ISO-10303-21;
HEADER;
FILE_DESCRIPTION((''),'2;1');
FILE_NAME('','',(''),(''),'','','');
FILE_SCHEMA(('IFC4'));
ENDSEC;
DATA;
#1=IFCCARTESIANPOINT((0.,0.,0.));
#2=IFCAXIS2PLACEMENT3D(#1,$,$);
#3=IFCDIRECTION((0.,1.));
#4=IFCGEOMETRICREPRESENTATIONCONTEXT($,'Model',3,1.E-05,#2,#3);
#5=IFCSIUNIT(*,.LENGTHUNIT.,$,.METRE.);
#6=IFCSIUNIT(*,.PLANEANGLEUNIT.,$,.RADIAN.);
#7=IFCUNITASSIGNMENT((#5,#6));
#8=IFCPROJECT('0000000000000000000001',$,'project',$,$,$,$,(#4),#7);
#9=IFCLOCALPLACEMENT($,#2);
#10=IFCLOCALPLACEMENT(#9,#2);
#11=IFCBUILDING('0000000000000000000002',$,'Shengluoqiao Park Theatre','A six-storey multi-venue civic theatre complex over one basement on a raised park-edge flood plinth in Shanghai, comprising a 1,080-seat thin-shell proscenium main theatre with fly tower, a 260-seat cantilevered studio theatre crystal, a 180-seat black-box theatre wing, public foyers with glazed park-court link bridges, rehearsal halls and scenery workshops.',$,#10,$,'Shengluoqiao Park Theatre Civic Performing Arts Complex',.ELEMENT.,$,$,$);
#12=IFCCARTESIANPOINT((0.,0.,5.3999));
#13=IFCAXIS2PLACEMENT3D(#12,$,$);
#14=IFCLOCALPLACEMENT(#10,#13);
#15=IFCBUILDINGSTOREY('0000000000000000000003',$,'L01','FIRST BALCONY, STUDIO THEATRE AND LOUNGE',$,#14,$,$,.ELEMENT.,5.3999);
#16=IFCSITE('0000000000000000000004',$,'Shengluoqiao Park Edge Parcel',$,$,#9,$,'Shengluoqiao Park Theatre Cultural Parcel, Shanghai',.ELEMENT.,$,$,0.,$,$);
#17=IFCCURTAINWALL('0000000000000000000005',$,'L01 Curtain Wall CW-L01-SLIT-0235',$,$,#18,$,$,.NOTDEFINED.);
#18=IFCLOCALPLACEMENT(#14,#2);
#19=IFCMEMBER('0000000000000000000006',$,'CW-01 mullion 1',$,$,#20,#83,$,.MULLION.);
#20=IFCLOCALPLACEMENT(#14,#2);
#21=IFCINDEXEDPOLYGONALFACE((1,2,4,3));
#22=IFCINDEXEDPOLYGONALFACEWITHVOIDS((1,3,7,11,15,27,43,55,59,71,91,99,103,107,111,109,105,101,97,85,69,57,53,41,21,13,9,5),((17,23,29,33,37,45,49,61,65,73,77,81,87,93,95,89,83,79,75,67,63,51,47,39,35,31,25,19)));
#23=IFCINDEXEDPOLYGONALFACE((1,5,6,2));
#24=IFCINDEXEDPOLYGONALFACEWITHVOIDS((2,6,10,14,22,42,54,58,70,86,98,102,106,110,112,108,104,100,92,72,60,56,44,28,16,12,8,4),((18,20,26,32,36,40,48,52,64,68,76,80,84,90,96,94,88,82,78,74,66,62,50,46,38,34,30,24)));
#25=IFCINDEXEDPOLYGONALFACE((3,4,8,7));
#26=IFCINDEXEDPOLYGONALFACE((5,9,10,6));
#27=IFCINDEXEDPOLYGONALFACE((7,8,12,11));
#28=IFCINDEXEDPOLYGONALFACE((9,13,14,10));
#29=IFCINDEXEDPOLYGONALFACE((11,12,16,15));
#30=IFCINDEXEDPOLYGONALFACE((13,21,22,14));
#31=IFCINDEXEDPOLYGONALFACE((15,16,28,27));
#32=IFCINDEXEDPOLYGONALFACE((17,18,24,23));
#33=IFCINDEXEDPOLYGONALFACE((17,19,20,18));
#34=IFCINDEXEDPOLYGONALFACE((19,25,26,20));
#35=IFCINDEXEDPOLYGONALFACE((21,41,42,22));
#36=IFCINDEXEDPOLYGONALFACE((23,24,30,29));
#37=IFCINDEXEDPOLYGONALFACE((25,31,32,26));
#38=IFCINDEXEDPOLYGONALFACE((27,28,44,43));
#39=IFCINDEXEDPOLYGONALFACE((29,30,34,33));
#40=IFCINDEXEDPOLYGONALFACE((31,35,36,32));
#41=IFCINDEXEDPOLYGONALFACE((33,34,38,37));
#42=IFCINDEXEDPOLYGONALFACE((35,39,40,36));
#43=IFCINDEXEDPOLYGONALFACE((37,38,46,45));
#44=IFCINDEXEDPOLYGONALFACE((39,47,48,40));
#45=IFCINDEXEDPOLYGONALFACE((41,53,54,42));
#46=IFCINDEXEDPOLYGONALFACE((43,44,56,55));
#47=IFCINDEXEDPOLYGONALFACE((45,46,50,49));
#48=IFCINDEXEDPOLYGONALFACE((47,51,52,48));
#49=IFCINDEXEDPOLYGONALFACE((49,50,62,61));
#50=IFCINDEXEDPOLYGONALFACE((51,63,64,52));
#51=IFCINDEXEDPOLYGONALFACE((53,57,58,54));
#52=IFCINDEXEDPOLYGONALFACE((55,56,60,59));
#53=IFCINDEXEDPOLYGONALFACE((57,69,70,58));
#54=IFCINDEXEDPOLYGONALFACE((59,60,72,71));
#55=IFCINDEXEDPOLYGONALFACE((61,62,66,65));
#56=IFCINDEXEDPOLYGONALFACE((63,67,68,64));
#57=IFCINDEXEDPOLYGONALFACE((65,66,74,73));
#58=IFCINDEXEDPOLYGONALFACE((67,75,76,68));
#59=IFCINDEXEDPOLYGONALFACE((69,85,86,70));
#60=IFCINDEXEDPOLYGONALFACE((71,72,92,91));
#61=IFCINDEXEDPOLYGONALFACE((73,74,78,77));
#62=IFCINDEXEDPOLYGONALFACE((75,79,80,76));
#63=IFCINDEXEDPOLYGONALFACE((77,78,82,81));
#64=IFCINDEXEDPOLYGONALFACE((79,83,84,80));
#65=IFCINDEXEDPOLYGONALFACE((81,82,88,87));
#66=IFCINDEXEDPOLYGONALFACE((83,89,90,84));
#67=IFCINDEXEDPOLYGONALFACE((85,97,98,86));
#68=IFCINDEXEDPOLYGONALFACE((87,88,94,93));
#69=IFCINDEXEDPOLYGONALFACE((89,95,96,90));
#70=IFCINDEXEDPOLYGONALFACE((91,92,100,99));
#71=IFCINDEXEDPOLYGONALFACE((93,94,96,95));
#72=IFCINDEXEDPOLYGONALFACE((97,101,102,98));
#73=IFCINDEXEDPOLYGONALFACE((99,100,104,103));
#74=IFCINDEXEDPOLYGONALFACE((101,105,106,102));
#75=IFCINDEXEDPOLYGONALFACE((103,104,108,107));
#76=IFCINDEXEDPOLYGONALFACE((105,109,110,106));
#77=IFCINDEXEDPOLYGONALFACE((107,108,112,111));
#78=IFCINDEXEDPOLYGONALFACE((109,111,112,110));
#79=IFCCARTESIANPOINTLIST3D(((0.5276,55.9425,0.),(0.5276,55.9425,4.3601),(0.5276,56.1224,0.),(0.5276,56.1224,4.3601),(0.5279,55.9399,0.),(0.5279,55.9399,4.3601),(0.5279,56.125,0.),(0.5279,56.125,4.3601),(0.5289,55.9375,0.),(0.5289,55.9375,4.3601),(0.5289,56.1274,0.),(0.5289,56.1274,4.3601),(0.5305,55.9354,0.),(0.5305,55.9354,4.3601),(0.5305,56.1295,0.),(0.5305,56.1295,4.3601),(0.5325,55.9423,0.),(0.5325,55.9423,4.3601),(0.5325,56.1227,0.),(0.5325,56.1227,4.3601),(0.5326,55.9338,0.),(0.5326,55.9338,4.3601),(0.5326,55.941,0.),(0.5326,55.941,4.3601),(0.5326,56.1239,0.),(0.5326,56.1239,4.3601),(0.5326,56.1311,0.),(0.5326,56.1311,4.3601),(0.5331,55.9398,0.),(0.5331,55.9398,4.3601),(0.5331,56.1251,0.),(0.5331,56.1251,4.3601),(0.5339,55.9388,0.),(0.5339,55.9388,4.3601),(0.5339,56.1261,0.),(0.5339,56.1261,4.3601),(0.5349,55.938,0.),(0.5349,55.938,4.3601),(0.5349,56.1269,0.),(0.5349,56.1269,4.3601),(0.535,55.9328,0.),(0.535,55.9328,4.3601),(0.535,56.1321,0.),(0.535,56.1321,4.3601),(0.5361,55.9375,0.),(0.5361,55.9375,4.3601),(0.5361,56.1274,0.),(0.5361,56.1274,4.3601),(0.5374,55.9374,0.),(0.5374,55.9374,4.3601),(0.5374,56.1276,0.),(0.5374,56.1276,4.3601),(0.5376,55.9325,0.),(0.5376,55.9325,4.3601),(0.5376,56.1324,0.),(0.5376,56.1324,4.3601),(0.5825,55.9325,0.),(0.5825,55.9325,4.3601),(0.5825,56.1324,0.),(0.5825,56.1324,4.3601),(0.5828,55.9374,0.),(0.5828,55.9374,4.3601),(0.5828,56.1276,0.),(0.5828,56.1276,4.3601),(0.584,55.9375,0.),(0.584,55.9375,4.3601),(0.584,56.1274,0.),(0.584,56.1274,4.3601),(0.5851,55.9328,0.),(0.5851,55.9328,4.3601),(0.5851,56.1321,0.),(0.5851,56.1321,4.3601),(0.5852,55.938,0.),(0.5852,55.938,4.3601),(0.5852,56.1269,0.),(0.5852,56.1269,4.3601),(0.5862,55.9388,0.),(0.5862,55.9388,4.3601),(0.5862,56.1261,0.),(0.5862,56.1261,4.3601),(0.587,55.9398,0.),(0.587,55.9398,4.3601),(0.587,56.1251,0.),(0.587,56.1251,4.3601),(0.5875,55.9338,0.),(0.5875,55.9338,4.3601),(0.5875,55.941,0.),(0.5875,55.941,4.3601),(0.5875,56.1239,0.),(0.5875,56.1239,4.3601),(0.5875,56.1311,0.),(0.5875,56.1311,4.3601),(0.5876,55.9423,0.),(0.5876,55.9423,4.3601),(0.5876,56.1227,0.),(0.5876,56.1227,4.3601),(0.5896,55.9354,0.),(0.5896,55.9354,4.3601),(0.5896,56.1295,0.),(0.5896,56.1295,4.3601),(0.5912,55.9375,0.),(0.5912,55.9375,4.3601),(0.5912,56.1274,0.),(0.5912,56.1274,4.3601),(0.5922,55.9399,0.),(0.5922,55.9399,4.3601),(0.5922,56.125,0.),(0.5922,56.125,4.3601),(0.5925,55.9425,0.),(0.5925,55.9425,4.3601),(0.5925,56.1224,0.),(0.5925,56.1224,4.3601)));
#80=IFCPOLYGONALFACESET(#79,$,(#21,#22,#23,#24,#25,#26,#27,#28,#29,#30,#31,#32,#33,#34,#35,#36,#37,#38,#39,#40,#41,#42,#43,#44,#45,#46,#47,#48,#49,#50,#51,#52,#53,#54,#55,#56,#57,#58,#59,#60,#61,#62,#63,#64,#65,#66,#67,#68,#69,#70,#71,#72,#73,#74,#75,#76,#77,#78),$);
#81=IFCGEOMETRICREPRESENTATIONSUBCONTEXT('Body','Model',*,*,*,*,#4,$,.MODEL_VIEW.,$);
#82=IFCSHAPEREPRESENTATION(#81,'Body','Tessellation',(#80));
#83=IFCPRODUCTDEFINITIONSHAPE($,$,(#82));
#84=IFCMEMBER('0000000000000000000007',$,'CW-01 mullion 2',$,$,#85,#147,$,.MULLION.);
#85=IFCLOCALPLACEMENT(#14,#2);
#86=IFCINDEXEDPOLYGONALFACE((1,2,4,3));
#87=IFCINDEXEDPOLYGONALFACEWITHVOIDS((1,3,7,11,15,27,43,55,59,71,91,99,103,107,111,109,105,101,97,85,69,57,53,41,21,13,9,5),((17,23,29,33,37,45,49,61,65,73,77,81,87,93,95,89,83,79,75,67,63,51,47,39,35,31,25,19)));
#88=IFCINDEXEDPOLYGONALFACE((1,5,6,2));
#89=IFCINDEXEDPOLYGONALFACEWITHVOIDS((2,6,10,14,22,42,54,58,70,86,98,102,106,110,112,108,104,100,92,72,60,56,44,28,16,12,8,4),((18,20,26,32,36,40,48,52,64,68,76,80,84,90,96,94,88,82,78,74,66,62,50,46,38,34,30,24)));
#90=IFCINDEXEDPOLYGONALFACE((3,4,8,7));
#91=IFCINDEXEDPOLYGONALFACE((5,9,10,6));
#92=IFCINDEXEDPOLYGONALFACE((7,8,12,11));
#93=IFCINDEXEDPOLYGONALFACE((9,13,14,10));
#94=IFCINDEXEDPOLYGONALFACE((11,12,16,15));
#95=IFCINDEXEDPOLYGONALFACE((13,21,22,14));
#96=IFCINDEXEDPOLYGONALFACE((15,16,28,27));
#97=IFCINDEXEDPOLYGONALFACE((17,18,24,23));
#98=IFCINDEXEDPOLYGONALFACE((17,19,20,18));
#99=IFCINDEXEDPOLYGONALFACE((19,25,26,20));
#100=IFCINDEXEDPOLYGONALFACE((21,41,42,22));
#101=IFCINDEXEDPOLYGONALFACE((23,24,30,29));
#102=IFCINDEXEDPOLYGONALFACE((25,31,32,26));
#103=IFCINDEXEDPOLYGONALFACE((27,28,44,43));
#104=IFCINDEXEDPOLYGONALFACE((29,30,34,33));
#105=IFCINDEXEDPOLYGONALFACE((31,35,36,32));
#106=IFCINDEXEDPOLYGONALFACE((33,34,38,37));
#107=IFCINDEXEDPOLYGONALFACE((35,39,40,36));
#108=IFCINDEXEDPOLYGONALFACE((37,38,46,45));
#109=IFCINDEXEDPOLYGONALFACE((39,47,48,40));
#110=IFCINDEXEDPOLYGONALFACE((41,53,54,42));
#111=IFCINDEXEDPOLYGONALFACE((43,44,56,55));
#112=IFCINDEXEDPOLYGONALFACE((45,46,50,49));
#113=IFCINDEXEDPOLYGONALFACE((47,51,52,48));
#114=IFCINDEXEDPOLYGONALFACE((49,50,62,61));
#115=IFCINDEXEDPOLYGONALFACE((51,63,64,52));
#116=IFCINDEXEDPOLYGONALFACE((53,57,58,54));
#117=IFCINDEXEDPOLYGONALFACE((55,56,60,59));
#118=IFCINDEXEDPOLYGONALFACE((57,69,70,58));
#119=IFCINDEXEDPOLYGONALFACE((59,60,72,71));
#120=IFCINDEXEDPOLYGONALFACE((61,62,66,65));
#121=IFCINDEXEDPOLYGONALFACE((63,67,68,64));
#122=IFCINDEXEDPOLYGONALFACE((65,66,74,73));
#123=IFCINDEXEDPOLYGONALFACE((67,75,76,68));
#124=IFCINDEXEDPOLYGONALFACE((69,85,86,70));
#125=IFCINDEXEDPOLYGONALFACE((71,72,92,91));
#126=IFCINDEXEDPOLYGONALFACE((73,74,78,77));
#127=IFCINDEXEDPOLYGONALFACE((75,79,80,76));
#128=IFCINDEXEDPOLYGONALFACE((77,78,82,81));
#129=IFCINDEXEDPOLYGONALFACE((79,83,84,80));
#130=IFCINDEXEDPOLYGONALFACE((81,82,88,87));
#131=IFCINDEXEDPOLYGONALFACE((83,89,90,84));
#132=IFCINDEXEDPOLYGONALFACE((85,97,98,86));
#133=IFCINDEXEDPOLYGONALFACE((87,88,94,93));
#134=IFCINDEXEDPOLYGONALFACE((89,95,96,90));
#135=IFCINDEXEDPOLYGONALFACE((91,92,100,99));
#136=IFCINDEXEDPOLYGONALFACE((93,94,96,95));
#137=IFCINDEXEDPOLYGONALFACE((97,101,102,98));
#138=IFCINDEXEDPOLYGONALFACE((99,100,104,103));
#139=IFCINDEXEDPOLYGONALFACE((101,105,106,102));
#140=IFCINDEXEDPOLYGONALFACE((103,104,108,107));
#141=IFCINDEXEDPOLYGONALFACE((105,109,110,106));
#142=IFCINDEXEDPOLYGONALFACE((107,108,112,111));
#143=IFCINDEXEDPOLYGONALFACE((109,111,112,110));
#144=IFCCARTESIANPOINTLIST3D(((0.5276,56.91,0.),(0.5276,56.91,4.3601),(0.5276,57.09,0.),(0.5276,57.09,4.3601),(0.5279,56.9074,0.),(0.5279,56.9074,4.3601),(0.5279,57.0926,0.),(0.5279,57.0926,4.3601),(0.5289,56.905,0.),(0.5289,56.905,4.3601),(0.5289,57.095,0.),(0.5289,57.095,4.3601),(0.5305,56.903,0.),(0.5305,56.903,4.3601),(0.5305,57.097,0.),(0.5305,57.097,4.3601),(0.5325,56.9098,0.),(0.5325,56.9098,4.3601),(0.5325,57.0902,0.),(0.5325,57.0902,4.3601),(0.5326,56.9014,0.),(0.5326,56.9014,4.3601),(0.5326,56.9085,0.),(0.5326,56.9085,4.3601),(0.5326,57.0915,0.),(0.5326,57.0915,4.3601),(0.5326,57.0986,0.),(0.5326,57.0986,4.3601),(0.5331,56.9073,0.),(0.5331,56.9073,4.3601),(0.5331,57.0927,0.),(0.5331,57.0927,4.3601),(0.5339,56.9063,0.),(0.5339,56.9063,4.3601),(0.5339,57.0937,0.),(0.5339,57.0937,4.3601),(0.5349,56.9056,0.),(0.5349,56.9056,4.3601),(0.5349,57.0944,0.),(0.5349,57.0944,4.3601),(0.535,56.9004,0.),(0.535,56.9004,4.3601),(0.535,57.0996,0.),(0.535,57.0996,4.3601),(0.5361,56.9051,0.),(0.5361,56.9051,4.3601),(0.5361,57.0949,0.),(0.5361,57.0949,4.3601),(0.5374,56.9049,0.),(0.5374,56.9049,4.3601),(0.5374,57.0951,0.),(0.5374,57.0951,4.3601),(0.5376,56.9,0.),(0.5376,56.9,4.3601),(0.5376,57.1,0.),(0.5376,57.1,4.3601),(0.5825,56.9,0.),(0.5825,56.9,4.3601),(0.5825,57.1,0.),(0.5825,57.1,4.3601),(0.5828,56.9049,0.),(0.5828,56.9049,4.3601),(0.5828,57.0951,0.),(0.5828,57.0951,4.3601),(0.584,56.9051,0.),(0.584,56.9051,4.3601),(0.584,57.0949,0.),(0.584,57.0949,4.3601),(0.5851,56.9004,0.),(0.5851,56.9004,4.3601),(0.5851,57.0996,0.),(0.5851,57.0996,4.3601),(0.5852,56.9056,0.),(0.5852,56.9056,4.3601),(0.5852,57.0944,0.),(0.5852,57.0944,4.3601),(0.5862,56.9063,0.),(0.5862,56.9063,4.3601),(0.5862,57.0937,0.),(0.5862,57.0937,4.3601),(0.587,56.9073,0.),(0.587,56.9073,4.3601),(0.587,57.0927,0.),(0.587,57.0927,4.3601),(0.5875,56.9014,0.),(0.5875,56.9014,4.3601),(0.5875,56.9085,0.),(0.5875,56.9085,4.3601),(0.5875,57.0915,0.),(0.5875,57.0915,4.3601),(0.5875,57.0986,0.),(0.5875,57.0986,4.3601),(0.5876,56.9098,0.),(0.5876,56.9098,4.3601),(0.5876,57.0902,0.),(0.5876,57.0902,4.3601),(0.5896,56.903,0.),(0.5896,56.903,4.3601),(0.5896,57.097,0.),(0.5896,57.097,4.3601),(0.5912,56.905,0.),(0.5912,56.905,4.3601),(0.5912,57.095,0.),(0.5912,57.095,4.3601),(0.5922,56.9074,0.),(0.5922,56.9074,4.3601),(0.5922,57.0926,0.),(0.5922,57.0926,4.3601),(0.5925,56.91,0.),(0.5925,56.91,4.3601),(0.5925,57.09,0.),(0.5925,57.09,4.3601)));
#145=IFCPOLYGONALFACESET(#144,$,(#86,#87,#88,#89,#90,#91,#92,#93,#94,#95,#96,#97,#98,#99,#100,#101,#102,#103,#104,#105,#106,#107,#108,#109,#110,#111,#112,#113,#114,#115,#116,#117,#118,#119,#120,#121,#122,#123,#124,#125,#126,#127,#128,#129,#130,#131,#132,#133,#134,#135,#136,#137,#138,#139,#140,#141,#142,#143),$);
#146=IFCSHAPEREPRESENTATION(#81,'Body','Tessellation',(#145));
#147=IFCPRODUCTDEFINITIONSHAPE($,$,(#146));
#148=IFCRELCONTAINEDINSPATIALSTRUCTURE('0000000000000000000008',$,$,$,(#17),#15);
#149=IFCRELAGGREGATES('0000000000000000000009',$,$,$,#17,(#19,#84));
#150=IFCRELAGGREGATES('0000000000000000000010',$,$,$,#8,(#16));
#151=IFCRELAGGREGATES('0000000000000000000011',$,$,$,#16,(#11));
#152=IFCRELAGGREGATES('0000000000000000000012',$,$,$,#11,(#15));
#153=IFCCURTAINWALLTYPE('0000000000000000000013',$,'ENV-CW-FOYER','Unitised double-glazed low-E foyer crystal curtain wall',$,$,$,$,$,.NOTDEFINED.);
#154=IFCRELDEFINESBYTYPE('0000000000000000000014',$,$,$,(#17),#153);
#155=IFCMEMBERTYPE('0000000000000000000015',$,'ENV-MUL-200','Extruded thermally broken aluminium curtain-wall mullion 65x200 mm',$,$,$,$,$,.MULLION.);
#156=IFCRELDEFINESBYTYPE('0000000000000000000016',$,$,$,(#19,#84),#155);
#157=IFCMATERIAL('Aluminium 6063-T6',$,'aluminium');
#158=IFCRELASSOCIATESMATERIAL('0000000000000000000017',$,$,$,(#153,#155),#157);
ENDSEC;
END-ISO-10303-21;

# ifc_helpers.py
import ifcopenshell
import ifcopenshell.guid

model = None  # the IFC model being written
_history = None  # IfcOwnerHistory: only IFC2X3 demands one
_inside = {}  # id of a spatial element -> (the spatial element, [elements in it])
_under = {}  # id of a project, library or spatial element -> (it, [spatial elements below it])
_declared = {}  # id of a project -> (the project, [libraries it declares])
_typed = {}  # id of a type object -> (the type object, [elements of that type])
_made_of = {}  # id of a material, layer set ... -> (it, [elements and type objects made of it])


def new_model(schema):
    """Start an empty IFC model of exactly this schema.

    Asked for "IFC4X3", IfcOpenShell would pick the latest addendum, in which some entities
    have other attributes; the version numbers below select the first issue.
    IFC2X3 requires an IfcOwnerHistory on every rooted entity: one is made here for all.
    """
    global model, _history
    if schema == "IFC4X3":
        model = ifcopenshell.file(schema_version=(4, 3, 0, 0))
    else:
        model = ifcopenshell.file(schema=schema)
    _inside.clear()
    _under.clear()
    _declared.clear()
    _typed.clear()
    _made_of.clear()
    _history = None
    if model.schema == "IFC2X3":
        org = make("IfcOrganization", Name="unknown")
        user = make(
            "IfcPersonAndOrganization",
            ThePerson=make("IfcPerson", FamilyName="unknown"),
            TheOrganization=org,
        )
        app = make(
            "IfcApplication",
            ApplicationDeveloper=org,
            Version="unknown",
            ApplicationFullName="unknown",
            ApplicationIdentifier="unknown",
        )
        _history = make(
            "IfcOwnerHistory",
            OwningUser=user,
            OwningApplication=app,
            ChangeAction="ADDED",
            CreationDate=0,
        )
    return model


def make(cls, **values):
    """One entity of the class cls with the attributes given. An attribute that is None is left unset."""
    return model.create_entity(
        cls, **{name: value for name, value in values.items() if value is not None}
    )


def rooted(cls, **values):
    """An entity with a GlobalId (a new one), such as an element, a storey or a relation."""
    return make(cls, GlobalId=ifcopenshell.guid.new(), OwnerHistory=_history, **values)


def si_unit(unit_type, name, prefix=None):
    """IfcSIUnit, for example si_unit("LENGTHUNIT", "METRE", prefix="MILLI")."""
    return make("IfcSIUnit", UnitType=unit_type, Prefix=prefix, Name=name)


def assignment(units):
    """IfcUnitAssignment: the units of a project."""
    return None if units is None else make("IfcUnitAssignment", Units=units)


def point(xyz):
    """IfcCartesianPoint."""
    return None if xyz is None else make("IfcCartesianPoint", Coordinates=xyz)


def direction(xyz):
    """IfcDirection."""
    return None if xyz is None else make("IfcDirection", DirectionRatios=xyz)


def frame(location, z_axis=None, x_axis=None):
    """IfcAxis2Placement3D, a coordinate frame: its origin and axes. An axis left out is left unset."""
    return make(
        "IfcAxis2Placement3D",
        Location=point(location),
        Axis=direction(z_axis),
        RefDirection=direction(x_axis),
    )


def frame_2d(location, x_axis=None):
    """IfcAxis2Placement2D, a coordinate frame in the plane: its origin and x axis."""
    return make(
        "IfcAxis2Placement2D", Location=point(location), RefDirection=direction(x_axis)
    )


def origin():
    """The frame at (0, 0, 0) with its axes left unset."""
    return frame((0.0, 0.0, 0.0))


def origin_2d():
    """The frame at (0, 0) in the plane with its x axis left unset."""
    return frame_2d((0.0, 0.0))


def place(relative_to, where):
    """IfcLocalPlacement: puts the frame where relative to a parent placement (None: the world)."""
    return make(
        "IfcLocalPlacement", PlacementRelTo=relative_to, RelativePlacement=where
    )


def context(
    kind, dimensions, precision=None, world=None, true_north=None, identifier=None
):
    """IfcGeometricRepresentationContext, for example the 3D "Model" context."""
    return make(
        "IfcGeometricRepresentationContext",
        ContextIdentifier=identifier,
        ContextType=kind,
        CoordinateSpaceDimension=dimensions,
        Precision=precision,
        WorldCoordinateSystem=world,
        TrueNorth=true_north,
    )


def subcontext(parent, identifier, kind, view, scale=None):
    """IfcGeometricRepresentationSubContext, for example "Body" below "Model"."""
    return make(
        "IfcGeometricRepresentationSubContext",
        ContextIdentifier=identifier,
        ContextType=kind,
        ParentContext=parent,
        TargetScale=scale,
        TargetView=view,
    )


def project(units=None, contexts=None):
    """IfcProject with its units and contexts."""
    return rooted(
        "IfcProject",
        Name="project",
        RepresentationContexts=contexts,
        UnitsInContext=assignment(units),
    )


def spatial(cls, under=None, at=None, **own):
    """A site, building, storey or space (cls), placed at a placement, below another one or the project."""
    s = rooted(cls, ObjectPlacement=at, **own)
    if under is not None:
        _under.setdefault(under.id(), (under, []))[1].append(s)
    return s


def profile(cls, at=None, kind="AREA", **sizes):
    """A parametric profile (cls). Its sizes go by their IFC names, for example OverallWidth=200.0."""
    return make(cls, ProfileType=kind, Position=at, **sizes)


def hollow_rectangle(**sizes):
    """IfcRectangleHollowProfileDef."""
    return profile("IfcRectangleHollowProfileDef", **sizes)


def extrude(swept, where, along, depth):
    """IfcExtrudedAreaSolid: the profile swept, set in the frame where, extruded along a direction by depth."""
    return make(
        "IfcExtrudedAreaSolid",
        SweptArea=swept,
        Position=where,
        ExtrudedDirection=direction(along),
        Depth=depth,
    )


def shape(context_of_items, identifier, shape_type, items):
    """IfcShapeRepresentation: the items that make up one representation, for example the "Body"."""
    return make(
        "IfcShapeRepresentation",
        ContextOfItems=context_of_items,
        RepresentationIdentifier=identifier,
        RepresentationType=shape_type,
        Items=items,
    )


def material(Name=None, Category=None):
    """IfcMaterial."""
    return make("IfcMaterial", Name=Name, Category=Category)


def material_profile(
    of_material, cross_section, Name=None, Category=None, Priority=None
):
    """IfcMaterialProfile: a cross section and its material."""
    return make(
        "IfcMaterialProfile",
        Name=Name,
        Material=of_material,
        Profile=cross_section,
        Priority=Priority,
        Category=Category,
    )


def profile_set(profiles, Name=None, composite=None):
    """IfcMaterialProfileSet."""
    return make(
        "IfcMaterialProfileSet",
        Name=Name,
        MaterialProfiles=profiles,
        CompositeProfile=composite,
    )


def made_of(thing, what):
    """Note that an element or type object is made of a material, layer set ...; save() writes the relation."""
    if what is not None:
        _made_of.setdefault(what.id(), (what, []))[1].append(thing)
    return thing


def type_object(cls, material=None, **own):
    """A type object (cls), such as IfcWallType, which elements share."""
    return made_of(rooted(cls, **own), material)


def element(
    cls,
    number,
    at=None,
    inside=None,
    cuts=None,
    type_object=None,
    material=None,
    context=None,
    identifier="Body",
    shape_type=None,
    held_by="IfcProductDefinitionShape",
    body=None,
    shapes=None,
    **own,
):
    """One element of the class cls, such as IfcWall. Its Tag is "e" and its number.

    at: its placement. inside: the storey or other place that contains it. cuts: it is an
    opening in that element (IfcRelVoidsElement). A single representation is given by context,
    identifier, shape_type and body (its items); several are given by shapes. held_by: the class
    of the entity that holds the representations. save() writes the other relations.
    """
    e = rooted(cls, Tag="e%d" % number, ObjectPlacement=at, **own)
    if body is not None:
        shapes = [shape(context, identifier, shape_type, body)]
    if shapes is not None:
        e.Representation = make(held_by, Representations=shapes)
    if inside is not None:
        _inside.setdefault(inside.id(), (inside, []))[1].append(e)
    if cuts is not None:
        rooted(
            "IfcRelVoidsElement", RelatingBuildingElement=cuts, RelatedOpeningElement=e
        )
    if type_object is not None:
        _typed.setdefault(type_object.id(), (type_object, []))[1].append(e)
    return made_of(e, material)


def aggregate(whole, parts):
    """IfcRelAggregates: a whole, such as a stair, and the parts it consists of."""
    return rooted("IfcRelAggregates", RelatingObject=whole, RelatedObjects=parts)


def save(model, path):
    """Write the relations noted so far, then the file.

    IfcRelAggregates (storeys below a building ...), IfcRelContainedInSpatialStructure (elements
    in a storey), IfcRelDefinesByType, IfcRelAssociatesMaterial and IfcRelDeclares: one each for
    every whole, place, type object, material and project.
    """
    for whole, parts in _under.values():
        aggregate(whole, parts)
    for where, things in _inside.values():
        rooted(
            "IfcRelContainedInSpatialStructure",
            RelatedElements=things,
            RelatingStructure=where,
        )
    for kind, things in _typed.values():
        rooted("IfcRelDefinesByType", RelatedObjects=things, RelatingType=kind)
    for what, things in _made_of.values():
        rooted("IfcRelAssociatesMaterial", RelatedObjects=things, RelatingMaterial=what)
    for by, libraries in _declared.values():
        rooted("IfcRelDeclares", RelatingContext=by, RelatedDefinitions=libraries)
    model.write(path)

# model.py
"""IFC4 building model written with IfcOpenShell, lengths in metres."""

from ifc_helpers import new_model, si_unit, direction, frame, origin, origin_2d, place, context, subcontext, project, spatial, hollow_rectangle, extrude, material, material_profile, profile_set, type_object, element, aggregate, save


model = new_model("IFC4")

# Units and contexts
model_context = context("Model", 3, precision=1e-05, world=origin(), true_north=direction((0.0, 1.0)))
body_context = subcontext(model_context, "Body", "Model", "MODEL_VIEW")
ifc_project = project(units=[si_unit("LENGTHUNIT", "METRE"), si_unit("PLANEANGLEUNIT", "RADIAN")], contexts=[model_context])

# Site, building, storey
site_placement = place(None, origin())
site = spatial("IfcSite", under=ifc_project, at=site_placement, Name="Shengluoqiao Park Edge Parcel", LongName="Shengluoqiao Park Theatre Cultural Parcel, Shanghai", CompositionType="ELEMENT", RefElevation=0.0)
building_placement = place(site_placement, origin())
building = spatial("IfcBuilding", under=site, at=building_placement, Name="Shengluoqiao Park Theatre", Description="A six-storey multi-venue civic theatre complex over one basement on a raised park-edge flood plinth in Shanghai, comprising a 1,080-seat thin-shell proscenium main theatre with fly tower, a 260-seat cantilevered studio theatre crystal, a 180-seat black-box theatre wing, public foyers with glazed park-court link bridges, rehearsal halls and scenery workshops.", LongName="Shengluoqiao Park Theatre Civic Performing Arts Complex", CompositionType="ELEMENT")
storey_placement = place(building_placement, frame((0.0, 0.0, 5.3999)))
storey = spatial("IfcBuildingStorey", under=building, at=storey_placement, Name="L01", Description="FIRST BALCONY, STUDIO THEATRE AND LOUNGE", CompositionType="ELEMENT", Elevation=5.3999)

# Curtain wall, members
ifc_material_1 = material(Name="Aluminium 6063-T6", Category="aluminium")
curtain_wall_type = type_object("IfcCurtainWallType", Name="ENV-CW-FOYER", Description="Unitised double-glazed low-E foyer crystal curtain wall", PredefinedType="NOTDEFINED", material=ifc_material_1)
curtain_wall_placement = place(storey_placement, origin())
curtain_wall = element("IfcCurtainWall", 1, at=curtain_wall_placement, inside=storey, type_object=curtain_wall_type, Name="L01 Curtain Wall CW-L01-SLIT-0235", PredefinedType="NOTDEFINED")
ifc_material_profile_1 = material_profile(ifc_material_1, hollow_rectangle(XDim=0.0649, YDim=0.2, WallThickness=0.0049, InnerFilletRadius=0.0049, OuterFilletRadius=0.01, at=origin_2d()), Name="ALU MULLION 200x65x5")
ifc_profile_set_1 = profile_set([ifc_material_profile_1], Name="Aluminium 6063-T6")
member_type_1 = type_object("IfcMemberType", Name="ENV-MUL-200", Description="Extruded thermally broken aluminium curtain-wall mullion 65x200 mm", PredefinedType="MULLION", material=ifc_profile_set_1)
member_1_placement = place(storey_placement, frame((0.5601, 56.0325, 0.0), z_axis=(0.0, 0.0, 1.0), x_axis=(-1.0, 0.0, 0.0)))
member_1 = element("IfcMember", 2, at=member_1_placement, type_object=member_type_1, Name="CW-01 mullion 1", PredefinedType="MULLION", context=body_context, shape_type="SweptSolid", body=[
    extrude(hollow_rectangle(XDim=0.0649, YDim=0.2, WallThickness=0.0049, InnerFilletRadius=0.0049, OuterFilletRadius=0.01, at=origin_2d()), origin(), (0.0, 0.0, 1.0), 4.3601),
])
member_2_placement = place(storey_placement, frame((0.5601, 57.0, 0.0), z_axis=(0.0, 0.0, 1.0), x_axis=(-1.0, 0.0, 0.0)))
member_2 = element("IfcMember", 3, at=member_2_placement, type_object=member_type_1, Name="CW-01 mullion 2", PredefinedType="MULLION", context=body_context, shape_type="SweptSolid", body=[
    extrude(hollow_rectangle(XDim=0.0649, YDim=0.2, WallThickness=0.0049, InnerFilletRadius=0.0049, OuterFilletRadius=0.01, at=origin_2d()), origin(), (0.0, 0.0, 1.0), 4.3601),
])

aggregate(curtain_wall, [member_1, member_2])

save(model, "model.ifc")
